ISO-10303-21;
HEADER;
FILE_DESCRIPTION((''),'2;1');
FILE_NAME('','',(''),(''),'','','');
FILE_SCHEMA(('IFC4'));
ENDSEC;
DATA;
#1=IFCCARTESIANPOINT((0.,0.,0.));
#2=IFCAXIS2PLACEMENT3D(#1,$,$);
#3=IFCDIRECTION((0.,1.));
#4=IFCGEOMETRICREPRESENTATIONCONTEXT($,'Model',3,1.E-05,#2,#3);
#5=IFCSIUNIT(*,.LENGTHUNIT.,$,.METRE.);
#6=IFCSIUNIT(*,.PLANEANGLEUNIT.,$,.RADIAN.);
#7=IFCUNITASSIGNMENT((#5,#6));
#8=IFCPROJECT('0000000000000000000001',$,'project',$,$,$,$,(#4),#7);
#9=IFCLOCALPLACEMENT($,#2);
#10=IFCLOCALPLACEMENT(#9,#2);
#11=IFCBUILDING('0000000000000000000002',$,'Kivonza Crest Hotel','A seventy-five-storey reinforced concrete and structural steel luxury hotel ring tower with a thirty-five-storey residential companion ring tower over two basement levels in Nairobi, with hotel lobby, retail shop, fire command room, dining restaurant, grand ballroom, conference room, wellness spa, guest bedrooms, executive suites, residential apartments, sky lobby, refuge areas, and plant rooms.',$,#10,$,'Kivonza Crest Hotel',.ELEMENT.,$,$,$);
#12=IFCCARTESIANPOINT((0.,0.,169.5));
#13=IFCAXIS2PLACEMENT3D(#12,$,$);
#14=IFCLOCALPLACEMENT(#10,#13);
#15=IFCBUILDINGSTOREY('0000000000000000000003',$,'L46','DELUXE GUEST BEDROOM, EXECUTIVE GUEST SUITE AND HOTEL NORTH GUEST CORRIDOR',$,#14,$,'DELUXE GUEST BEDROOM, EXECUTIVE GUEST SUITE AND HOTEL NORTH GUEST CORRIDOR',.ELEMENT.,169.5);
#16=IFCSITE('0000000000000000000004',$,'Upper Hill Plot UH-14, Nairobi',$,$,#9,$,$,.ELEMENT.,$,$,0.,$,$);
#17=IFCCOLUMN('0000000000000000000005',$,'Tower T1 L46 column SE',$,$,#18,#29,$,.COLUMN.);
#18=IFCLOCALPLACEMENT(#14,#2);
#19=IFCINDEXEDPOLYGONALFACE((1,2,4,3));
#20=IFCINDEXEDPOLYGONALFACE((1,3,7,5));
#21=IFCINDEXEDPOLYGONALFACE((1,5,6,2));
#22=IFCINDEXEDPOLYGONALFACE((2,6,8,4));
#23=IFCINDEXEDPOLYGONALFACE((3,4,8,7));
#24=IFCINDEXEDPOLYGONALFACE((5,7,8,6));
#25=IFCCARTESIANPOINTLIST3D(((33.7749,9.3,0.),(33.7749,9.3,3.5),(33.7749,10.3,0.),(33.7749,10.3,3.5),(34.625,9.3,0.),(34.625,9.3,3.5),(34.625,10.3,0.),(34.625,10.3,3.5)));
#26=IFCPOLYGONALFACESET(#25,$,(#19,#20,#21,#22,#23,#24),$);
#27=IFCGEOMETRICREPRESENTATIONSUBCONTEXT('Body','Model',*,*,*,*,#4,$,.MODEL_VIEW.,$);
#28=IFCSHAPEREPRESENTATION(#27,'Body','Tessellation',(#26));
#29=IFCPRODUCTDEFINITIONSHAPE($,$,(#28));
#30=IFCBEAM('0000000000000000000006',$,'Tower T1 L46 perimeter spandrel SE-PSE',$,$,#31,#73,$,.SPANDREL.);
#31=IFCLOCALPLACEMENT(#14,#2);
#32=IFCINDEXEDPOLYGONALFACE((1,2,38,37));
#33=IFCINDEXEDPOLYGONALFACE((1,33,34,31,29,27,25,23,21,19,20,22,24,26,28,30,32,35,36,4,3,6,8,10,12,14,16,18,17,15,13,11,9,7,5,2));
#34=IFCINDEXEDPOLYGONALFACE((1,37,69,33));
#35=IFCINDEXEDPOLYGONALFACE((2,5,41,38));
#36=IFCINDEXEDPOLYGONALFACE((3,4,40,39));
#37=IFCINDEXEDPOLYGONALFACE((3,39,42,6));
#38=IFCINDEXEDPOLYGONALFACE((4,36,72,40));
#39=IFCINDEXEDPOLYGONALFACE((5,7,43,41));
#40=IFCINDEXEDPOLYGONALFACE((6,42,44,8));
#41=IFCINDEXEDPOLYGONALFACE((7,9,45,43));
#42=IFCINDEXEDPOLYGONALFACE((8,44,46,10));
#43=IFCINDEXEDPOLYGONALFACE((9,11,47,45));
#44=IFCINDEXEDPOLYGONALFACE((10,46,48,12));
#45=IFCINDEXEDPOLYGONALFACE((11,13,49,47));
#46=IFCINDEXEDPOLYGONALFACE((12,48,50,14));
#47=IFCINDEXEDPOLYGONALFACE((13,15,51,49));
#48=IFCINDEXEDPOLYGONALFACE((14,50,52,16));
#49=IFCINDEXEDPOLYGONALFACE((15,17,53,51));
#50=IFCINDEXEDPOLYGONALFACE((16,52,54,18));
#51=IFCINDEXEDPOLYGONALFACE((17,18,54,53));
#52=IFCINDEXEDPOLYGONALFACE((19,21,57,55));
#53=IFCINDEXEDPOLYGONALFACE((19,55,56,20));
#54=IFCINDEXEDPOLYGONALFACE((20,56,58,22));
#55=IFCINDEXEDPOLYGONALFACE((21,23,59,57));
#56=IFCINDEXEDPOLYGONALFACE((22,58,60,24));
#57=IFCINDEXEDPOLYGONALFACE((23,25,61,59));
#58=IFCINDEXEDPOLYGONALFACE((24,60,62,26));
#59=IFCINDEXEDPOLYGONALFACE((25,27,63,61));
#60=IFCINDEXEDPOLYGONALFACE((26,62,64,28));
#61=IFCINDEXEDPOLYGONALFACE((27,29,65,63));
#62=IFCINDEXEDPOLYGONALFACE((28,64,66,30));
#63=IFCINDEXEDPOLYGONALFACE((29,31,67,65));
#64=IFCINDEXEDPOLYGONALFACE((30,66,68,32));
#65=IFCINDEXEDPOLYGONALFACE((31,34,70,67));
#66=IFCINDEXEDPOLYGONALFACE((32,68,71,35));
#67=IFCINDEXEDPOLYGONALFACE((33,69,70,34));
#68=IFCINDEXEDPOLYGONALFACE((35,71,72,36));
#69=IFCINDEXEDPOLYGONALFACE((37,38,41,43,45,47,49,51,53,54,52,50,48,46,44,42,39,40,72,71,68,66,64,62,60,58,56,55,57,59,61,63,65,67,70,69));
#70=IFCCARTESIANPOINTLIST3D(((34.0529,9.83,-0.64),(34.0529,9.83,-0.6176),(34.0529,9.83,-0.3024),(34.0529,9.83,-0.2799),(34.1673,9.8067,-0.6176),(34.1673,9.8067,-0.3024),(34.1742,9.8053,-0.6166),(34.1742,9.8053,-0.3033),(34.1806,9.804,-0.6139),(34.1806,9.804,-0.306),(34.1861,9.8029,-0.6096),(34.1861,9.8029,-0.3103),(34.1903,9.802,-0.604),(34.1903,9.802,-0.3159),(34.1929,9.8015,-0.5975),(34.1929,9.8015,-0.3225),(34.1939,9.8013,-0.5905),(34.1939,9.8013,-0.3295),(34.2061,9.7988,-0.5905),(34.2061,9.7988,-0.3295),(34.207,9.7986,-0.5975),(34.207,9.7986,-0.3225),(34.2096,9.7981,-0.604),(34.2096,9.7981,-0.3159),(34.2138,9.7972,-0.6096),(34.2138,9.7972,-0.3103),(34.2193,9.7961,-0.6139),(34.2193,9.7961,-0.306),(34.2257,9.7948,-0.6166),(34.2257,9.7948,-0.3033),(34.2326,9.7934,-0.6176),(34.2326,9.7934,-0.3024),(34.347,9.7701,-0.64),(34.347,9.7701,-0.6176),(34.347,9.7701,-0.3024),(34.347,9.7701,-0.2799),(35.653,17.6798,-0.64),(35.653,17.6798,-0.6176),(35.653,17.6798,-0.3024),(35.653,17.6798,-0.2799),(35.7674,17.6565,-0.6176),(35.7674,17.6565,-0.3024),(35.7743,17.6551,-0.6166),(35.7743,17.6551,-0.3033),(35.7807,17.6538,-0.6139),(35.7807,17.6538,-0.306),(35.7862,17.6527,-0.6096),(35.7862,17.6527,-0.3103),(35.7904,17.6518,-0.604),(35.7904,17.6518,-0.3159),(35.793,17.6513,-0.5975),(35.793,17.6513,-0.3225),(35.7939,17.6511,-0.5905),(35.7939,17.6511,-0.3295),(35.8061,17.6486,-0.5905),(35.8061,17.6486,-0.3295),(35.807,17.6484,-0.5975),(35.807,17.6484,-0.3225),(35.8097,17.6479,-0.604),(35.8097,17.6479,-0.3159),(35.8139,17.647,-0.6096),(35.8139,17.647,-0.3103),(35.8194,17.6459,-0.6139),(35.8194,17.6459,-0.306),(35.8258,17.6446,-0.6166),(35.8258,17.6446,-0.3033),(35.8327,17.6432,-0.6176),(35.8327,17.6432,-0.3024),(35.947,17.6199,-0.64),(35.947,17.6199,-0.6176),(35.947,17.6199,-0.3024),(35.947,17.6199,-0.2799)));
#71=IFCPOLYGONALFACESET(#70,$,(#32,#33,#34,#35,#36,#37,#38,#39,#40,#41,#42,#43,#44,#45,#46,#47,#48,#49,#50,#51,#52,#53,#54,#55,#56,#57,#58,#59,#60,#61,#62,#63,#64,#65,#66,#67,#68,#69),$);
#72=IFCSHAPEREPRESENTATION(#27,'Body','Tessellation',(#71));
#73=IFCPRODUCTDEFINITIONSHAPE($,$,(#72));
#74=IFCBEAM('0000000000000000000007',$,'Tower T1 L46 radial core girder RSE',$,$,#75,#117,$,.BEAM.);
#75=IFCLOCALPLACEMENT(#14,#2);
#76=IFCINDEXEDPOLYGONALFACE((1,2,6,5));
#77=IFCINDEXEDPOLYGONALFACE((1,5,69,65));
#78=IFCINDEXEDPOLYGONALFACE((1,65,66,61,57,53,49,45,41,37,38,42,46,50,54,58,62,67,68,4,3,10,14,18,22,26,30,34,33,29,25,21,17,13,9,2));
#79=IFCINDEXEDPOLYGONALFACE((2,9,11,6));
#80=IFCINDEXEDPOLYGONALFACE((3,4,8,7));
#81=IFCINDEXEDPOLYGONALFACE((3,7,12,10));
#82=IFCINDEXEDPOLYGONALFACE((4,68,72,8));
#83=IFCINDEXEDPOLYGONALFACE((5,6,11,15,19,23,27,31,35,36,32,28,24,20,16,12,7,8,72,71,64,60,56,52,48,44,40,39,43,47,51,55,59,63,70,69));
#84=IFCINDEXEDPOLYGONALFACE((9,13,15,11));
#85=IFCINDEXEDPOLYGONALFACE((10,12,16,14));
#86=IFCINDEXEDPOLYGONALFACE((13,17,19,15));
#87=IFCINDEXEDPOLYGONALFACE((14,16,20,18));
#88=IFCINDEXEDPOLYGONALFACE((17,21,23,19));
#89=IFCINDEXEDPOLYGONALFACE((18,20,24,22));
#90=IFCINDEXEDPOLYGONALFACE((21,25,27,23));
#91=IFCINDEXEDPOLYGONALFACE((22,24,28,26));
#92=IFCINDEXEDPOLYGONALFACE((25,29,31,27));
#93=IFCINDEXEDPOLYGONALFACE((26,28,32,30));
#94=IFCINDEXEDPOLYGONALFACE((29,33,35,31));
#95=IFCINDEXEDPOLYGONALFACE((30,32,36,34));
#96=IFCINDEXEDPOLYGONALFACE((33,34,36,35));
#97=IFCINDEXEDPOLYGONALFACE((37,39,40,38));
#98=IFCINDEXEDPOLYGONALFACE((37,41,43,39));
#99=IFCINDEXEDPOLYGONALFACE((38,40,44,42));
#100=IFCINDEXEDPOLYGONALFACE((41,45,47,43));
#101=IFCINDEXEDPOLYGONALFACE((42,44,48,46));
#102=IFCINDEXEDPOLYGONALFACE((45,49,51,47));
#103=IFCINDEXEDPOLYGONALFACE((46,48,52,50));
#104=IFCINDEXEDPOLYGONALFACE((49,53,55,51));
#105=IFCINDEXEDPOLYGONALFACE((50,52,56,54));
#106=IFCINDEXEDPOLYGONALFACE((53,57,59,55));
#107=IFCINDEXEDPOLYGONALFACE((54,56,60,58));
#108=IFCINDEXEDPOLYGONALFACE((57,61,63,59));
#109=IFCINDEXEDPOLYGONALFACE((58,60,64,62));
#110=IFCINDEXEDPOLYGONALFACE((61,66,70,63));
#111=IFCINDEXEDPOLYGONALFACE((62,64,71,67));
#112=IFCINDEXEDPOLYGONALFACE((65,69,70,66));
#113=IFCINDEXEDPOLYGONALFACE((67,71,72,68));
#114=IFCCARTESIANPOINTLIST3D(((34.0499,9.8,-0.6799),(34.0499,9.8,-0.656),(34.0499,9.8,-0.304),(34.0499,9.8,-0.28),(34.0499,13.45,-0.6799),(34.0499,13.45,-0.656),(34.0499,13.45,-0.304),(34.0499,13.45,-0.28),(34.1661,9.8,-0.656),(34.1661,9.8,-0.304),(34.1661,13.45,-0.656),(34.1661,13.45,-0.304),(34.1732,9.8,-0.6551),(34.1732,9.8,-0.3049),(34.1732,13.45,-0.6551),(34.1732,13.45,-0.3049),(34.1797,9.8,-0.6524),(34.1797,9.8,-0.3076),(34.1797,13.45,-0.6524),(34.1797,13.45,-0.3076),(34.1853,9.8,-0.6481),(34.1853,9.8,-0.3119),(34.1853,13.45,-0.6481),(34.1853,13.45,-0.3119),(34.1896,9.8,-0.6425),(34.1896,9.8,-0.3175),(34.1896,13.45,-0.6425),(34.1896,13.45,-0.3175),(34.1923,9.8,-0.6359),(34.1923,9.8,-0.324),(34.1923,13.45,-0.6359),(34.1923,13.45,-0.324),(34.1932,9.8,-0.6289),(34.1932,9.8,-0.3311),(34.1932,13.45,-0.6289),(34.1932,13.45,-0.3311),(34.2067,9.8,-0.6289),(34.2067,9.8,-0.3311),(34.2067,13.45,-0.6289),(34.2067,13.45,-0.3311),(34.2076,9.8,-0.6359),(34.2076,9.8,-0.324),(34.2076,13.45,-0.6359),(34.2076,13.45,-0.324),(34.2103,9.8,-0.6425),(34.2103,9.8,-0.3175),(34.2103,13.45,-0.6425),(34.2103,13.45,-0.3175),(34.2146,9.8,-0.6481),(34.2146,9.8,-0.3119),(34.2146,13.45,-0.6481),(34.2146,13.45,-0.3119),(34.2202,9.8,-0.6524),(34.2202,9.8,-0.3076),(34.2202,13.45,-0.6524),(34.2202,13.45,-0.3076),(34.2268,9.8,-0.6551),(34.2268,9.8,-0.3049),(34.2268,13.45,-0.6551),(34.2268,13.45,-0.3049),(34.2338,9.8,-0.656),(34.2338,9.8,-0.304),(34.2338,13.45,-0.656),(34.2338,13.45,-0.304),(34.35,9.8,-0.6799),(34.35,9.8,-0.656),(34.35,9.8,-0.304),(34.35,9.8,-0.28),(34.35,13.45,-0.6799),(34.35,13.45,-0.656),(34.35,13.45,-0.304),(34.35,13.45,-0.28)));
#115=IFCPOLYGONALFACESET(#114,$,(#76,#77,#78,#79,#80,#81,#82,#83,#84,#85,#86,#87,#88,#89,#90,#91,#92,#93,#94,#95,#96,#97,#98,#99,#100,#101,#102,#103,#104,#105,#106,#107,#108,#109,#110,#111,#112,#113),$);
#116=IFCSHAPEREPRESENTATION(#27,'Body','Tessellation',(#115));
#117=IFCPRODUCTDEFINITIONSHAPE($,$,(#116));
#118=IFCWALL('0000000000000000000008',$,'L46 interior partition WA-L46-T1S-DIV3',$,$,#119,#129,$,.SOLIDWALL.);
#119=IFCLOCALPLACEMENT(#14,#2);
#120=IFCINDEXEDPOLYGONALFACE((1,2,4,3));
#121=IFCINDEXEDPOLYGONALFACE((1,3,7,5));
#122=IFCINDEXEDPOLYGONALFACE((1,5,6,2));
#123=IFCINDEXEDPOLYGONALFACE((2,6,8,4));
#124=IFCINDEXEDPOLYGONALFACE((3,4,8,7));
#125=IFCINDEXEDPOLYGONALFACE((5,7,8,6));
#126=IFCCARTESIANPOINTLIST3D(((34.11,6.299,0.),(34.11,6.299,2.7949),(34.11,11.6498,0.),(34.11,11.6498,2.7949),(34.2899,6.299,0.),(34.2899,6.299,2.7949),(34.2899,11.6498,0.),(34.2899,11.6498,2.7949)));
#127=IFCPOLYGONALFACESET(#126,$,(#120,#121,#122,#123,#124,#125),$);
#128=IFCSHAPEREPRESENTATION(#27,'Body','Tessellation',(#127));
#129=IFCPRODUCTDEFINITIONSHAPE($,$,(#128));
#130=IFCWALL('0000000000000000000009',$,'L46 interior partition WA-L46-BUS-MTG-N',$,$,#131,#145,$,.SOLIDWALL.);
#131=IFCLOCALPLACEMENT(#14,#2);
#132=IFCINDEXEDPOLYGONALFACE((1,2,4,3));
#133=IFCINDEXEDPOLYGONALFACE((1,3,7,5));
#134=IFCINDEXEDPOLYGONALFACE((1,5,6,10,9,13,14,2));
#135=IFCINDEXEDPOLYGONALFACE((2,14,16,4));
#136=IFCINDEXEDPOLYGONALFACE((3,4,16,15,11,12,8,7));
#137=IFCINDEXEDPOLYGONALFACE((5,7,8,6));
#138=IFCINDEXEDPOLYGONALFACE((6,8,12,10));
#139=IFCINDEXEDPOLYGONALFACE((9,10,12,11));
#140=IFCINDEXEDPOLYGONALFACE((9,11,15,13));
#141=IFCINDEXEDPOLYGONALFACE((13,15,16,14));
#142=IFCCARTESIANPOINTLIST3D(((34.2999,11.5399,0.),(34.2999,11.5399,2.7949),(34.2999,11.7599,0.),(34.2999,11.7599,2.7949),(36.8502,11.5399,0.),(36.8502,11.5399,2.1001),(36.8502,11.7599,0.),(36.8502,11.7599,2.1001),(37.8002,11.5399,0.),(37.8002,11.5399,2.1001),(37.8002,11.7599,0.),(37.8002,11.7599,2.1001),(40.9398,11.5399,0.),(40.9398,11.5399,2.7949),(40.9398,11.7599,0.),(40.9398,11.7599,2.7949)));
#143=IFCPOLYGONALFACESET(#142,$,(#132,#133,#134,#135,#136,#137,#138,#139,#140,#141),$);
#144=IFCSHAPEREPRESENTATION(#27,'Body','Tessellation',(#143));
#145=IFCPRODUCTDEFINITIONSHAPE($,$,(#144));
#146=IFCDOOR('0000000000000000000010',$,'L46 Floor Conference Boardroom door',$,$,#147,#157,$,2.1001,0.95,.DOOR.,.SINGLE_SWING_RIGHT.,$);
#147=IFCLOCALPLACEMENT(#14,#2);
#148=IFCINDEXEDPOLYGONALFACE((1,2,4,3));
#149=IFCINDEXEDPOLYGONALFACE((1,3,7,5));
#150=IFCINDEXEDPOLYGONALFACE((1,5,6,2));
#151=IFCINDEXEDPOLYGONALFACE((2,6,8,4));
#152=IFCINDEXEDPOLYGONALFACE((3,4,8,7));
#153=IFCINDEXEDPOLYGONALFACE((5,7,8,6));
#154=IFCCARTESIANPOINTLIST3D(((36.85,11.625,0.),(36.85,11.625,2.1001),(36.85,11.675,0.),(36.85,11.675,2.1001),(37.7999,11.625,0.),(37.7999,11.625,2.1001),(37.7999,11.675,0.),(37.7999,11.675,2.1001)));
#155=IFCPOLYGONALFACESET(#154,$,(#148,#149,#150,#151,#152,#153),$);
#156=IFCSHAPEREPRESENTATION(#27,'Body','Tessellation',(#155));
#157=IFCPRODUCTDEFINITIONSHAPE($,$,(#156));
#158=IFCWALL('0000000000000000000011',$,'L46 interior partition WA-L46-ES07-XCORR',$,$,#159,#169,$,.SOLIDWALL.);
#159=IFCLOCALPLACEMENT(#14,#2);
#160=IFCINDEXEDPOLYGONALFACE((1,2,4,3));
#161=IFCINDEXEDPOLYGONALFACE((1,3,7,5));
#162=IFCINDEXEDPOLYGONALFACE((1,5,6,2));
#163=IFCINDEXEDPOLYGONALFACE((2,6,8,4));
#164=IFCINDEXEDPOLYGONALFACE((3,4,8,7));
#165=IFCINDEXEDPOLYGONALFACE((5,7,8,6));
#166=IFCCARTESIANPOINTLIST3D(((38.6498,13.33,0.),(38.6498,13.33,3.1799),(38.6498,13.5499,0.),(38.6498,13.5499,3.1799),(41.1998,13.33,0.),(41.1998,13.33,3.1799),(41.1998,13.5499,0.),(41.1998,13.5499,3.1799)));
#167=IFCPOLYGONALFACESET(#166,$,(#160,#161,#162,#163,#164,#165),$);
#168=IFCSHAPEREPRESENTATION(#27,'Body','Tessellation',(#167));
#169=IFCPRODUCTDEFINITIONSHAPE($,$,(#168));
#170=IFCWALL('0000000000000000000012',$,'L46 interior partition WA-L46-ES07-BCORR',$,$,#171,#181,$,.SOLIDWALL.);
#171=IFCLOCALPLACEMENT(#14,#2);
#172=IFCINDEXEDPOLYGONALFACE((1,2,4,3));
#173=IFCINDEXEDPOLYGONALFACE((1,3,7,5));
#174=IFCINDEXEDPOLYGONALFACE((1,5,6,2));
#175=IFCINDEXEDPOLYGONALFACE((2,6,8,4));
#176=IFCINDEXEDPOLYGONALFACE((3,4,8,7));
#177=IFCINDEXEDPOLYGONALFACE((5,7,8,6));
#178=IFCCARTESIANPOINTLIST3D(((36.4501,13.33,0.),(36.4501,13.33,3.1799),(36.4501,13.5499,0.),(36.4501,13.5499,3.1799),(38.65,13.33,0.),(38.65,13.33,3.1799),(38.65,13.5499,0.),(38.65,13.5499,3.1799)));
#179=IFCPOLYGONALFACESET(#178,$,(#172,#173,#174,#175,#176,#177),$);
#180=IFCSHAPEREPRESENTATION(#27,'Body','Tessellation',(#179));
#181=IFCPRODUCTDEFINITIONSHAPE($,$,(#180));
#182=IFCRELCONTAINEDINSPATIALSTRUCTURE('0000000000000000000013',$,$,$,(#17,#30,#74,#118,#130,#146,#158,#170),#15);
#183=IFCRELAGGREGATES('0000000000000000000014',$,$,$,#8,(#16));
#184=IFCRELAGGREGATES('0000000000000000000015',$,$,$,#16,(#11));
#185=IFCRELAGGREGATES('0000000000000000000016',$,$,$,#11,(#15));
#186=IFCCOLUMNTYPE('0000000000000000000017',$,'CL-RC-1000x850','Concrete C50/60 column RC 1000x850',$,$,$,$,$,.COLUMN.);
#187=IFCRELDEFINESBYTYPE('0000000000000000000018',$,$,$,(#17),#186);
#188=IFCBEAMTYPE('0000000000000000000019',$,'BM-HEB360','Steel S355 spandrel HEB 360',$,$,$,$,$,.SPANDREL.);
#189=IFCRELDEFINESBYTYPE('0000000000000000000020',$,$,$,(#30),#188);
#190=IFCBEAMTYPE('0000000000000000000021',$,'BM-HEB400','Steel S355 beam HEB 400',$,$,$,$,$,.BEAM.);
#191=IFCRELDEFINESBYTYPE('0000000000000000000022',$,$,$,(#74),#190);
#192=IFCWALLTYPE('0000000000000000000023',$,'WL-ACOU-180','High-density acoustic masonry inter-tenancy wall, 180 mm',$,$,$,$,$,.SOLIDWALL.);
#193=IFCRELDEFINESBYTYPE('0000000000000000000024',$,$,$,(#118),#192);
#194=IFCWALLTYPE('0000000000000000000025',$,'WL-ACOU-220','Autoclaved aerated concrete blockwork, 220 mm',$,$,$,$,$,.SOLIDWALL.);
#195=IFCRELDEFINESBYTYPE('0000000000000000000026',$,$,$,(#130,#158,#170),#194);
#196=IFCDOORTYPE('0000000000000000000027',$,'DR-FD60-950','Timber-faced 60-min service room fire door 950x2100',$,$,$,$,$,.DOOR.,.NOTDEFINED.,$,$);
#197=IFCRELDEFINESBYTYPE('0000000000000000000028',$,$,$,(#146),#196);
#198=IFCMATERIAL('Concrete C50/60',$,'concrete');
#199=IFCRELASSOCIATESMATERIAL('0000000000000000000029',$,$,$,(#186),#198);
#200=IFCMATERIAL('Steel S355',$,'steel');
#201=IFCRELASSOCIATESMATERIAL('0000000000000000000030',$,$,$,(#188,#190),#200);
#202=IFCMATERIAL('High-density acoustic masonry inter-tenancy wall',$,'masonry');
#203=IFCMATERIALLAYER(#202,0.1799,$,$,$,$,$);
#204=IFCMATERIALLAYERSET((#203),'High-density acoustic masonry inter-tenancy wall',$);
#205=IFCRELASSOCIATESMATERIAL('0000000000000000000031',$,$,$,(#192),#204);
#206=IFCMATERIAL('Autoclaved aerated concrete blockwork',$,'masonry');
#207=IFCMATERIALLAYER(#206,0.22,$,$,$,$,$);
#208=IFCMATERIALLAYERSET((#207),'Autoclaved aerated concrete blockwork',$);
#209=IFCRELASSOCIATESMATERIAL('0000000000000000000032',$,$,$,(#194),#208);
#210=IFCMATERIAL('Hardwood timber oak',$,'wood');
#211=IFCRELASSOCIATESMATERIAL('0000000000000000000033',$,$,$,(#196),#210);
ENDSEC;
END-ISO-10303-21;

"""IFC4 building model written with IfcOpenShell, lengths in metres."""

from ifc_helpers import new_model, si_unit, direction, frame, frame_2d, origin, origin_2d, place, context, subcontext, project, spatial, rectangle, i_section, extrude, material, layer, layer_set, material_profile, profile_set, type_object, element, fill, save


model = new_model("IFC4")

# Units and contexts
model_context = context("Model", 3, precision=1e-05, world=origin(), true_north=direction((0.0, 1.0)))
body_context = subcontext(model_context, "Body", "Model", "MODEL_VIEW")
ifc_project = project(units=[si_unit("LENGTHUNIT", "METRE"), si_unit("PLANEANGLEUNIT", "RADIAN")], contexts=[model_context])

# Site, building, storey
site_placement = place(None, origin())
site = spatial("IfcSite", under=ifc_project, at=site_placement, Name="Upper Hill Plot UH-14, Nairobi", CompositionType="ELEMENT", RefElevation=0.0)
building_placement = place(site_placement, origin())
building = spatial("IfcBuilding", under=site, at=building_placement, Name="Kivonza Crest Hotel", Description="A seventy-five-storey reinforced concrete and structural steel luxury hotel ring tower with a thirty-five-storey residential companion ring tower over two basement levels in Nairobi, with hotel lobby, retail shop, fire command room, dining restaurant, grand ballroom, conference room, wellness spa, guest bedrooms, executive suites, residential apartments, sky lobby, refuge areas, and plant rooms.", LongName="Kivonza Crest Hotel", CompositionType="ELEMENT")
storey_placement = place(building_placement, frame((0.0, 0.0, 169.5)))
storey = spatial("IfcBuildingStorey", under=building, at=storey_placement, Name="L46", Description="DELUXE GUEST BEDROOM, EXECUTIVE GUEST SUITE AND HOTEL NORTH GUEST CORRIDOR", LongName="DELUXE GUEST BEDROOM, EXECUTIVE GUEST SUITE AND HOTEL NORTH GUEST CORRIDOR", CompositionType="ELEMENT", Elevation=169.5)

# Column
ifc_material_1 = material(Name="Concrete C50/60", Category="concrete")
ifc_material_profile_1 = material_profile(ifc_material_1, rectangle(XDim=0.8501, YDim=1.0, at=origin_2d()), Name="RC 1000x850")
ifc_profile_set_1 = profile_set([ifc_material_profile_1], Name="Concrete C50/60")
column_type = type_object("IfcColumnType", Name="CL-RC-1000x850", Description="Concrete C50/60 column RC 1000x850", PredefinedType="COLUMN", material=ifc_profile_set_1)
column_placement = place(storey_placement, frame((34.2, 9.8, 0.0), z_axis=(0.0, 0.0, 1.0), x_axis=(1.0, 0.0, 0.0)))
element("IfcColumn", 1, at=column_placement, inside=storey, type_object=column_type, Name="Tower T1 L46 column SE", PredefinedType="COLUMN", context=body_context, shape_type="SweptSolid", body=[
    extrude(rectangle(XDim=0.8501, YDim=1.0, at=origin_2d()), origin(), (0.0, 0.0, 1.0), 3.5),
])

# Beams
ifc_material_2 = material(Name="Steel S355", Category="steel")
ifc_material_profile_2 = material_profile(ifc_material_2, i_section(OverallWidth=0.3, OverallDepth=0.3601, WebThickness=0.0125, FlangeThickness=0.0225, FilletRadius=0.0271, at=origin_2d()), Name="HEB 360")
ifc_profile_set_2 = profile_set([ifc_material_profile_2], Name="Steel S355")
beam_type_1 = type_object("IfcBeamType", Name="BM-HEB360", Description="Steel S355 spandrel HEB 360", PredefinedType="SPANDREL", material=ifc_profile_set_2)
beam_1_placement = place(storey_placement, frame((34.2, 9.8, -0.46), z_axis=(0.199731, 0.979851, 0.0), x_axis=(-0.979851, 0.199731, 0.0)))
element("IfcBeam", 2, at=beam_1_placement, inside=storey, type_object=beam_type_1, Name="Tower T1 L46 perimeter spandrel SE-PSE", PredefinedType="SPANDREL", context=body_context, shape_type="SweptSolid", body=[
    extrude(i_section(OverallWidth=0.3, OverallDepth=0.3601, WebThickness=0.0125, FlangeThickness=0.0225, FilletRadius=0.0271, at=origin_2d()), origin(), (0.0, 0.0, 1.0), 8.0112),
])
ifc_material_profile_3 = material_profile(ifc_material_2, i_section(OverallWidth=0.3, OverallDepth=0.3999, WebThickness=0.0134, FlangeThickness=0.0239, FilletRadius=0.0271, at=origin_2d()), Name="HEB 400")
ifc_profile_set_3 = profile_set([ifc_material_profile_3], Name="Steel S355")
beam_type_2 = type_object("IfcBeamType", Name="BM-HEB400", Description="Steel S355 beam HEB 400", PredefinedType="BEAM", material=ifc_profile_set_3)
beam_2_placement = place(storey_placement, frame((34.2, 9.8, -0.48), z_axis=(0.0, 1.0, 0.0), x_axis=(-1.0, 0.0, 0.0)))
element("IfcBeam", 3, at=beam_2_placement, inside=storey, type_object=beam_type_2, Name="Tower T1 L46 radial core girder RSE", PredefinedType="BEAM", context=body_context, shape_type="SweptSolid", body=[
    extrude(i_section(OverallWidth=0.3, OverallDepth=0.3999, WebThickness=0.0134, FlangeThickness=0.0239, FilletRadius=0.0271, at=origin_2d()), origin(), (0.0, 0.0, 1.0), 3.6499),
])

# Wall
ifc_material_3 = material(Name="High-density acoustic masonry inter-tenancy wall", Category="masonry")
ifc_layer_1 = layer(ifc_material_3, 0.1799)
ifc_layer_set_1 = layer_set([ifc_layer_1], Name="High-density acoustic masonry inter-tenancy wall")
wall_type_1 = type_object("IfcWallType", Name="WL-ACOU-180", Description="High-density acoustic masonry inter-tenancy wall, 180 mm", PredefinedType="SOLIDWALL", material=ifc_layer_set_1)
wall_1_placement = place(storey_placement, frame((34.2, 6.2991, 0.0), z_axis=(0.0, 0.0, 1.0), x_axis=(0.0, 1.0, 0.0)))
element("IfcWall", 4, at=wall_1_placement, inside=storey, type_object=wall_type_1, Name="L46 interior partition WA-L46-T1S-DIV3", PredefinedType="SOLIDWALL", context=body_context, shape_type="SweptSolid", body=[
    extrude(rectangle(XDim=5.3508, YDim=0.1799, at=frame_2d((2.6753, 0.0))), origin(), (0.0, 0.0, 1.0), 2.7949),
])

# Wall, opening, door
ifc_material_4 = material(Name="Autoclaved aerated concrete blockwork", Category="masonry")
ifc_layer_2 = layer(ifc_material_4, 0.22)
ifc_layer_set_2 = layer_set([ifc_layer_2], Name="Autoclaved aerated concrete blockwork")
wall_type_2 = type_object("IfcWallType", Name="WL-ACOU-220", Description="Autoclaved aerated concrete blockwork, 220 mm", PredefinedType="SOLIDWALL", material=ifc_layer_set_2)
wall_2_placement = place(storey_placement, frame((34.3, 11.6499, 0.0), z_axis=(0.0, 0.0, 1.0), x_axis=(1.0, 0.0, 0.0)))
wall_2 = element("IfcWall", 5, at=wall_2_placement, inside=storey, type_object=wall_type_2, Name="L46 interior partition WA-L46-BUS-MTG-N", PredefinedType="SOLIDWALL", context=body_context, shape_type="SweptSolid", body=[
    extrude(rectangle(XDim=6.6399, YDim=0.22, at=frame_2d((3.3198, 0.0))), origin(), (0.0, 0.0, 1.0), 2.7949),
])
opening_1_placement = place(wall_2_placement, frame((2.55, 0.0, 0.0)))
opening_1 = element("IfcOpeningElement", 6, at=opening_1_placement, cuts=wall_2, PredefinedType="OPENING", context=body_context, shape_type="SweptSolid", body=[
    extrude(rectangle(XDim=0.95, YDim=2.1001, at=frame_2d((0.4751, 1.05))), frame((0.0, 0.1201, 0.0), z_axis=(0.0, -1.0, 0.0), x_axis=(1.0, 0.0, 0.0)), (0.0, 0.0, 1.0), 0.24),
])
ifc_material_5 = material(Name="Hardwood timber oak", Category="wood")
door_type_1 = type_object("IfcDoorType", Name="DR-FD60-950", Description="Timber-faced 60-min service room fire door 950x2100", OperationType="NOTDEFINED", PredefinedType="DOOR", material=ifc_material_5)
door_1_placement = place(opening_1_placement, frame((0.95, 0.0, 0.0), z_axis=(0.0, 0.0, 1.0), x_axis=(-1.0, 0.0, 0.0)))
door_1 = element("IfcDoor", 7, at=door_1_placement, inside=storey, type_object=door_type_1, Name="L46 Floor Conference Boardroom door", OperationType="SINGLE_SWING_RIGHT", OverallHeight=2.1001, OverallWidth=0.95, PredefinedType="DOOR", context=body_context, shape_type="SweptSolid", body=[
    extrude(rectangle(XDim=0.95, YDim=2.1001, at=frame_2d((0.4751, 1.05))), frame((0.0, 0.0249, 0.0), z_axis=(0.0, -1.0, 0.0), x_axis=(1.0, 0.0, 0.0)), (0.0, 0.0, 1.0), 0.05),
])
fill(opening_1, door_1)

# Walls
wall_3_placement = place(storey_placement, frame((38.6499, 13.4399, 0.0), z_axis=(0.0, 0.0, 1.0), x_axis=(1.0, 0.0, 0.0)))
element("IfcWall", 8, at=wall_3_placement, inside=storey, type_object=wall_type_2, Name="L46 interior partition WA-L46-ES07-XCORR", PredefinedType="SOLIDWALL", context=body_context, shape_type="SweptSolid", body=[
    extrude(rectangle(XDim=2.55, YDim=0.22, at=frame_2d((1.2749, 0.0))), origin(), (0.0, 0.0, 1.0), 3.1799),
])
wall_4_placement = place(storey_placement, frame((36.45, 13.4399, 0.0), z_axis=(0.0, 0.0, 1.0), x_axis=(1.0, 0.0, 0.0)))
element("IfcWall", 9, at=wall_4_placement, inside=storey, type_object=wall_type_2, Name="L46 interior partition WA-L46-ES07-BCORR", PredefinedType="SOLIDWALL", context=body_context, shape_type="SweptSolid", body=[
    extrude(rectangle(XDim=2.2, YDim=0.22, at=frame_2d((1.1001, 0.0))), origin(), (0.0, 0.0, 1.0), 3.1799),
])

save(model, "model.ifc")
